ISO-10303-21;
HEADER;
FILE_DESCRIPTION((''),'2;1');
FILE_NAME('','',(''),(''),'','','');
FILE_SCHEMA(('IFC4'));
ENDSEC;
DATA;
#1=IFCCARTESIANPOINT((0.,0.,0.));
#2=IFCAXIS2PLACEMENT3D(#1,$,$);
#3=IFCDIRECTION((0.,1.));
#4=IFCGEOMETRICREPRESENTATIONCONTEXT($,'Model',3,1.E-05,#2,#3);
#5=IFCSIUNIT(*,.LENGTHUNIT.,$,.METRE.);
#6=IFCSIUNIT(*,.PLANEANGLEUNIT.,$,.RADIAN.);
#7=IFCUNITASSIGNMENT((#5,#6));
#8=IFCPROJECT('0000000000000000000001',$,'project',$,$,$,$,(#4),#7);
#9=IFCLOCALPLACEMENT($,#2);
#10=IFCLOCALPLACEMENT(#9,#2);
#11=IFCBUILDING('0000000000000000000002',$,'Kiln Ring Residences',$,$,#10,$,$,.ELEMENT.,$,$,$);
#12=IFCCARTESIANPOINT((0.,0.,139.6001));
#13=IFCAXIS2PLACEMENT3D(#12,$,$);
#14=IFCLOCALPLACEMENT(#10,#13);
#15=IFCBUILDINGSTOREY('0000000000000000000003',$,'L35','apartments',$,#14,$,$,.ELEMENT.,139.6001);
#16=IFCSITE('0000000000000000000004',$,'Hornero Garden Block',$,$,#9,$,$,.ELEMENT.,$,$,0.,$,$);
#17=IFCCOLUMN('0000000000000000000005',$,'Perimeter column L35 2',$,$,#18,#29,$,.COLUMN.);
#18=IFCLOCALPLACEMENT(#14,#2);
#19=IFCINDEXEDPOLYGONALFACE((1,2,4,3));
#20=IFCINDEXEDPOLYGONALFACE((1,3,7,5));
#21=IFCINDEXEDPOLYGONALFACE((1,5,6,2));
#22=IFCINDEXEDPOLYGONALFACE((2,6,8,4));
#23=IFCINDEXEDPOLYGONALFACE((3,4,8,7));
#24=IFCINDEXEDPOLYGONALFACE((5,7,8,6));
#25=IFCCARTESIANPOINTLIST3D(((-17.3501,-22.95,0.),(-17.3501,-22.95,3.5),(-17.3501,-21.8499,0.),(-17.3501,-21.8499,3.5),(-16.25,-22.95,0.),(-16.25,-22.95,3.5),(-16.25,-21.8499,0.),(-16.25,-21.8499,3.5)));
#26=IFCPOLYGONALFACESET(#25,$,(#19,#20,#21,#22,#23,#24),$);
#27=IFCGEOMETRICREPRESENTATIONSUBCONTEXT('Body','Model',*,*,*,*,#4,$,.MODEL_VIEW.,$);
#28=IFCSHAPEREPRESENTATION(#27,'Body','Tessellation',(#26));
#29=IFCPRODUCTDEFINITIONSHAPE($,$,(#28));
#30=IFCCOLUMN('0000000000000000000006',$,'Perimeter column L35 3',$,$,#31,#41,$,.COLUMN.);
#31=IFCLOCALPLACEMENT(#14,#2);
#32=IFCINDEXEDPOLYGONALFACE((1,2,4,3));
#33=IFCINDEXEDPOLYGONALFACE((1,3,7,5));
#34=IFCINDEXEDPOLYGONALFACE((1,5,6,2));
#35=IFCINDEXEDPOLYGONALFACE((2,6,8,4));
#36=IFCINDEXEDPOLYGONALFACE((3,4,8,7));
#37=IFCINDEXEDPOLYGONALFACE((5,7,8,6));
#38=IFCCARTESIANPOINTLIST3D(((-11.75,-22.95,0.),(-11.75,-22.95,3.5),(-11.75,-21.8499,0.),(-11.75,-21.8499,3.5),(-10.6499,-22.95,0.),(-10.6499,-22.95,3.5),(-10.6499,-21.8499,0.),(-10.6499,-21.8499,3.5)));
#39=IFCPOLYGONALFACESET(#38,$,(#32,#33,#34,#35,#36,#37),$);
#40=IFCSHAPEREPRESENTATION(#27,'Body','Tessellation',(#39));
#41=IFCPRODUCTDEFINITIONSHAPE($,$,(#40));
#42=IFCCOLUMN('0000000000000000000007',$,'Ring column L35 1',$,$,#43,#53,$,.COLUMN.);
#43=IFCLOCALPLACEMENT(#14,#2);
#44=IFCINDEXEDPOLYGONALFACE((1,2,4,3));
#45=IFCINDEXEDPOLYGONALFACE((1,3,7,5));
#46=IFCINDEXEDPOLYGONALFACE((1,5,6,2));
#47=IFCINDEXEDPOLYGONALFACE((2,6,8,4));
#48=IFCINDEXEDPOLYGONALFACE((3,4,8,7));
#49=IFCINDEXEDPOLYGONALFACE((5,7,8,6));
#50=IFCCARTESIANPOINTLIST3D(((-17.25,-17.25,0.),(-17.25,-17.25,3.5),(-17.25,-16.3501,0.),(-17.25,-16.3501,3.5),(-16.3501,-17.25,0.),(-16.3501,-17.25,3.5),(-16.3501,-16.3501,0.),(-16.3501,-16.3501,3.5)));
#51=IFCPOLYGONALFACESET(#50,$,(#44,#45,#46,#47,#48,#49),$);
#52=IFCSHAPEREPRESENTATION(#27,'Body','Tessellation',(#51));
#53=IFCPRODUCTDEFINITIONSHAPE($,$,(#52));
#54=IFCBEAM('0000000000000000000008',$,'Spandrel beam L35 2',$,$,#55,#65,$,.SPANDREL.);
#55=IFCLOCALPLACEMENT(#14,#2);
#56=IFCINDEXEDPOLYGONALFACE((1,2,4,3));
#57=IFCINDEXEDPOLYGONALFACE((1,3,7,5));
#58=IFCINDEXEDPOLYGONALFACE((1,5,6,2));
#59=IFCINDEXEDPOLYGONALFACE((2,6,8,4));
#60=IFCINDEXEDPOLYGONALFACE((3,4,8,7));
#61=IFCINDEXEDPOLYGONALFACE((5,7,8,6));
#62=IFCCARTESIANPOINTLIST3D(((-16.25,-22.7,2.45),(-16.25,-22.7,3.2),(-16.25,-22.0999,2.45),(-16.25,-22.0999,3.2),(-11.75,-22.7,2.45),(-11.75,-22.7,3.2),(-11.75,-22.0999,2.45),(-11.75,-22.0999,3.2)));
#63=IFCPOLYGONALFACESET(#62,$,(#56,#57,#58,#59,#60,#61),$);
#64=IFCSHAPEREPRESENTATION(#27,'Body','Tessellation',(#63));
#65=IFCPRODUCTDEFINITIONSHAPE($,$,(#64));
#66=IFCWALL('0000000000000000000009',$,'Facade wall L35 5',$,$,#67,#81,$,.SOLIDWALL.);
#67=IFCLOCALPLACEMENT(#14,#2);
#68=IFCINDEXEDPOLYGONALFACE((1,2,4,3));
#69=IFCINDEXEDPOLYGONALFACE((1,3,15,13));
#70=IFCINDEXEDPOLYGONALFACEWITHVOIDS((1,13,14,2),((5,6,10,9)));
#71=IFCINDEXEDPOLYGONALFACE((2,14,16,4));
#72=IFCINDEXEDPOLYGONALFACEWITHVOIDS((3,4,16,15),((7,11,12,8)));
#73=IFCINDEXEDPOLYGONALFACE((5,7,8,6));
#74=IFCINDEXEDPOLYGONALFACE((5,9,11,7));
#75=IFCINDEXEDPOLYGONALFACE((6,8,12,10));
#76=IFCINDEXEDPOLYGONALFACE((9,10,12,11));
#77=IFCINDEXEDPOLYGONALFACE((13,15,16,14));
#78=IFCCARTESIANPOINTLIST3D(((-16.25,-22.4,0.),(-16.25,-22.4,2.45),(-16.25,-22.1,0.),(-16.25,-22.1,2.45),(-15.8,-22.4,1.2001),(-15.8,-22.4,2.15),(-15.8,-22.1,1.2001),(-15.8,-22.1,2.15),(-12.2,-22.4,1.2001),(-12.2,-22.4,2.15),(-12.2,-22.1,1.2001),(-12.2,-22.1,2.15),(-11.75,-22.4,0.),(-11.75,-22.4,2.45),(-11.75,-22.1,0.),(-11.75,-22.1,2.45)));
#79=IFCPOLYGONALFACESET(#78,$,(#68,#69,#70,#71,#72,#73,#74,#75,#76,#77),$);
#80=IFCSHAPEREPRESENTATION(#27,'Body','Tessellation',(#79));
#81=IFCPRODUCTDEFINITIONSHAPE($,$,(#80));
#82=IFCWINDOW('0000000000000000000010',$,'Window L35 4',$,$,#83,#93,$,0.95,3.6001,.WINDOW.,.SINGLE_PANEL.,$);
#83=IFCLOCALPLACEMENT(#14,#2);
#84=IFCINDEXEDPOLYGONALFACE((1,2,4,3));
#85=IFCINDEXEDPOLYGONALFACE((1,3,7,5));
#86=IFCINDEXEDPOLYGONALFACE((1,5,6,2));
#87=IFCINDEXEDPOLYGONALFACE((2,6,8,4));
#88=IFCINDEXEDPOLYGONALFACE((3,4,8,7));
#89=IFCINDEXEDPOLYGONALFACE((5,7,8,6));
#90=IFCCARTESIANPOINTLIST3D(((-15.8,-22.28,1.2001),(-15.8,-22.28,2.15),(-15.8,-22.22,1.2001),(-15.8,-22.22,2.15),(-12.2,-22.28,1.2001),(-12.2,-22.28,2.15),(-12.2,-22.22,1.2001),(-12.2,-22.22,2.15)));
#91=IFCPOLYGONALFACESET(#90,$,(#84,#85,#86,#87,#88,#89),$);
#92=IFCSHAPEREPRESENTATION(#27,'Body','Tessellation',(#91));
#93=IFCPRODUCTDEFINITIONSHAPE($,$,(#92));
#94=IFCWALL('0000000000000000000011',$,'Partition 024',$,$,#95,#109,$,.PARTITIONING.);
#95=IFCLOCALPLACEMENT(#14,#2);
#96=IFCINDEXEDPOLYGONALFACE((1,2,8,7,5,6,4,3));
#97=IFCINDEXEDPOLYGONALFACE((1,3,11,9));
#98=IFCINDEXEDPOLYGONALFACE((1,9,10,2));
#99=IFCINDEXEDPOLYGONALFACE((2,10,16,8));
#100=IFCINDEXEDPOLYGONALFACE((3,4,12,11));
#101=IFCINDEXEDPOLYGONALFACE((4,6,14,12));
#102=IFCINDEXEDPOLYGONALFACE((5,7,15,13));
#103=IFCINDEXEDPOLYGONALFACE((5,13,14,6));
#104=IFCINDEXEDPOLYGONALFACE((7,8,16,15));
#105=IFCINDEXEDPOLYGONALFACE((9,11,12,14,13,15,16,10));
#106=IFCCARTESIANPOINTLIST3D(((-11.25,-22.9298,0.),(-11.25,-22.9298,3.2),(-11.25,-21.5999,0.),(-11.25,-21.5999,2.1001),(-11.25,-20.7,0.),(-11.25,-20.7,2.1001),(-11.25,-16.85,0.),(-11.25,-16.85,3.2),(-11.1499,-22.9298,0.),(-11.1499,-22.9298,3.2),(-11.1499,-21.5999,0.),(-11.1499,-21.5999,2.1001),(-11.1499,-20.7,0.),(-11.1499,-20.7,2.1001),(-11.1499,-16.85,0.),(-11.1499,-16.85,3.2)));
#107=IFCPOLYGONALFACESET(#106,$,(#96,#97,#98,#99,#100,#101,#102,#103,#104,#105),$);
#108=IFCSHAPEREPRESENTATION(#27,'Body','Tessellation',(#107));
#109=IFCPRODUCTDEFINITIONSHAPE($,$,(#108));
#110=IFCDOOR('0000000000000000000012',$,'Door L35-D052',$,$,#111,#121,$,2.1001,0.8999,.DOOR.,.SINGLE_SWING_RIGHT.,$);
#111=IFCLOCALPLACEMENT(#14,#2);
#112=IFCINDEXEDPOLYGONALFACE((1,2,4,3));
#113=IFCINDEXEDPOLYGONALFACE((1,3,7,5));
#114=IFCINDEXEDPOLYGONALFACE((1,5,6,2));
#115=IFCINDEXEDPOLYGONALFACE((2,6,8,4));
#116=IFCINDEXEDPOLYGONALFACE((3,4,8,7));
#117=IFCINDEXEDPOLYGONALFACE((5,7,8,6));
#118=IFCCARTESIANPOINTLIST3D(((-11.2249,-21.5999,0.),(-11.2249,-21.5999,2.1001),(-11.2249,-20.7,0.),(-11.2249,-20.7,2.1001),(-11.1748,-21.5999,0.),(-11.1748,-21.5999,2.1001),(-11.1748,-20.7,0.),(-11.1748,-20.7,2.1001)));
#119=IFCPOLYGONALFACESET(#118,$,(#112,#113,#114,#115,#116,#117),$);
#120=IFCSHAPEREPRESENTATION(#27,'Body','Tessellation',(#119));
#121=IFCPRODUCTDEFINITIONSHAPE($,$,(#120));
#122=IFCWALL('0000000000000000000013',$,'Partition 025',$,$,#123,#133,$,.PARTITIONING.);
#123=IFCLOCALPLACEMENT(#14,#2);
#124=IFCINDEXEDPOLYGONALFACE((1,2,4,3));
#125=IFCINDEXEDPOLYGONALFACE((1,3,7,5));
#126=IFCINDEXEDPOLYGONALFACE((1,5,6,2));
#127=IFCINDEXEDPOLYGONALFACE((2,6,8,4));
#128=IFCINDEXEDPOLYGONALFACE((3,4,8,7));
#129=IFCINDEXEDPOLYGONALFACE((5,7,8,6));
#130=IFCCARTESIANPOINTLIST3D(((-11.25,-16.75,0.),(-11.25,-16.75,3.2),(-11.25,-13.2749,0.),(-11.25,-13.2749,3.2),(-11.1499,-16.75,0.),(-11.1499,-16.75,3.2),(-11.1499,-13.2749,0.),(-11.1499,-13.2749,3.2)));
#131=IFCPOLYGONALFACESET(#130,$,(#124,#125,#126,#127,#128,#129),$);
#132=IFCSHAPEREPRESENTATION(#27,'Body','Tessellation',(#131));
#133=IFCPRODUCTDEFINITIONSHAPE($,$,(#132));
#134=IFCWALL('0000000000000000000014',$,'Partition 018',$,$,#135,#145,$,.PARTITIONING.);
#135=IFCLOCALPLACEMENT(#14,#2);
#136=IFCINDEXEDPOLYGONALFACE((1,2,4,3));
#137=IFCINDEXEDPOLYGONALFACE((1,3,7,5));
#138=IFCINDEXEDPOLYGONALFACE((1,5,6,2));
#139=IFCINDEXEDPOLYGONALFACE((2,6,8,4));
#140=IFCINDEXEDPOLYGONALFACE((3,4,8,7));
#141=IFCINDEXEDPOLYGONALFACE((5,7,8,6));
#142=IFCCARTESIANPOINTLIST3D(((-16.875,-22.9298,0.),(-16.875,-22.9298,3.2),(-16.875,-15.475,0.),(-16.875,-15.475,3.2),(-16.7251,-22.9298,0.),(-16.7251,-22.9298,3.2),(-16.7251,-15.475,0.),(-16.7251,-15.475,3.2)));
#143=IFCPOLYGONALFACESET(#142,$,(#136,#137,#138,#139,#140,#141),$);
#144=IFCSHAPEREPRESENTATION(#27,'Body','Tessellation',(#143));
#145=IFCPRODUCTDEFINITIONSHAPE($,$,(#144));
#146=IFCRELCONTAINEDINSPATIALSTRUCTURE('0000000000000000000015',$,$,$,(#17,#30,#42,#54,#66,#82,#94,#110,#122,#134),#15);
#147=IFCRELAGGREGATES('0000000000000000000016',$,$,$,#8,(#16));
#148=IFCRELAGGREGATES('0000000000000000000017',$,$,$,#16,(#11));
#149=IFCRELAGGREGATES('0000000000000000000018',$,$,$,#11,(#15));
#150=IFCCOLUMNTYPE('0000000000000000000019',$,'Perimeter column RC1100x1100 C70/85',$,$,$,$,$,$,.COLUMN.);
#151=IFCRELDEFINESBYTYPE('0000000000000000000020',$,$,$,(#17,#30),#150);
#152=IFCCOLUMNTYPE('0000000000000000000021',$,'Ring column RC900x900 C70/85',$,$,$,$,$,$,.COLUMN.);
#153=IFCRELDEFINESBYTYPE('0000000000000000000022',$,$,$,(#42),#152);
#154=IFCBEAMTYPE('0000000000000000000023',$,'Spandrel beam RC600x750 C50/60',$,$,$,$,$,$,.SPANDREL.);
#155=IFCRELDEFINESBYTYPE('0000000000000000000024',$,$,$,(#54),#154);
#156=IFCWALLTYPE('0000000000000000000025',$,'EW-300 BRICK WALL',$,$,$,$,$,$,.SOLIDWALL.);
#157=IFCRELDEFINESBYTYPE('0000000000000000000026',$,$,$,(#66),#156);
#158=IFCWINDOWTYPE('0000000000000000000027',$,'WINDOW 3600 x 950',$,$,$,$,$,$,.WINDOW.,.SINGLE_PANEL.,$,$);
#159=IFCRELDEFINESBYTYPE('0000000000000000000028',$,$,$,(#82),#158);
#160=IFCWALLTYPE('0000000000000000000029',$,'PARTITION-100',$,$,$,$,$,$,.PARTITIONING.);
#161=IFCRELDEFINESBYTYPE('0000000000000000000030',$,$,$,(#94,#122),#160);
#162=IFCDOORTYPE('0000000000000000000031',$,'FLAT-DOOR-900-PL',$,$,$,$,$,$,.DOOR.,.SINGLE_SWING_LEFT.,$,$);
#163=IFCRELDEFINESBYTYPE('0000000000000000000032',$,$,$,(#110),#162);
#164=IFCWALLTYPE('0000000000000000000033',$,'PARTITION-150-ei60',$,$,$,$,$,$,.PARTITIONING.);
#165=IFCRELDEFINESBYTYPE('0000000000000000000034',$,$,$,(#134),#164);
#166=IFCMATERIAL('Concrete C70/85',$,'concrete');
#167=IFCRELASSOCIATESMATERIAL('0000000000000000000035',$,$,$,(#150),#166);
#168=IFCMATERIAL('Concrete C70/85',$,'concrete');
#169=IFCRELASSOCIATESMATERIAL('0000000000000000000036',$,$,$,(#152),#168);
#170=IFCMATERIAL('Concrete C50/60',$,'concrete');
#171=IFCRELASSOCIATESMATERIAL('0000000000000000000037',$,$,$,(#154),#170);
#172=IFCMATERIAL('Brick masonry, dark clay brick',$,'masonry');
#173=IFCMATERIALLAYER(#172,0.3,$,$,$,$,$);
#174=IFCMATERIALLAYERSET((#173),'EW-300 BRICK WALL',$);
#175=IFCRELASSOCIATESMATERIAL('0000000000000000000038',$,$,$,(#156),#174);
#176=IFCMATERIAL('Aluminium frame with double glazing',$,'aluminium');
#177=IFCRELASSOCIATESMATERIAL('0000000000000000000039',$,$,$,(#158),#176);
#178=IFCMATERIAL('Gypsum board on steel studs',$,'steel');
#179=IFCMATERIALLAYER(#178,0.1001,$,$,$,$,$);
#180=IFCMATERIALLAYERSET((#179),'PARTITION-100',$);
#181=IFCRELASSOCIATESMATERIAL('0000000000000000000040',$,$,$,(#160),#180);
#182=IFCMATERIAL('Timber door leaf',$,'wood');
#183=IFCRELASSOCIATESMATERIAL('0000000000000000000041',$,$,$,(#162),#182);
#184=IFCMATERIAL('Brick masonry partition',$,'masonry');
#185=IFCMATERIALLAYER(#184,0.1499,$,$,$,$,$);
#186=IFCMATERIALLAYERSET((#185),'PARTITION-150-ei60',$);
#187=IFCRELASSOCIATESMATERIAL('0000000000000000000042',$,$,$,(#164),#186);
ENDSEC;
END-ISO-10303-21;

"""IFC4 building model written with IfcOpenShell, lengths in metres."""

from ifc_helpers import new_model, si_unit, direction, frame, frame_2d, origin, origin_2d, place, context, subcontext, project, spatial, rectangle, extrude, material, layer, layer_set, material_profile, profile_set, type_object, element, fill, save


model = new_model("IFC4")

# Units and contexts
model_context = context("Model", 3, precision=1e-05, world=origin(), true_north=direction((0.0, 1.0)))
body_context = subcontext(model_context, "Body", "Model", "MODEL_VIEW")
ifc_project = project(units=[si_unit("LENGTHUNIT", "METRE"), si_unit("PLANEANGLEUNIT", "RADIAN")], contexts=[model_context])

# Site, building, storey
site_placement = place(None, origin())
site = spatial("IfcSite", under=ifc_project, at=site_placement, Name="Hornero Garden Block", CompositionType="ELEMENT", RefElevation=0.0)
building_placement = place(site_placement, origin())
building = spatial("IfcBuilding", under=site, at=building_placement, Name="Kiln Ring Residences", CompositionType="ELEMENT")
storey_placement = place(building_placement, frame((0.0, 0.0, 139.6001)))
storey = spatial("IfcBuildingStorey", under=building, at=storey_placement, Name="L35", Description="apartments", CompositionType="ELEMENT", Elevation=139.6001)

# Columns
ifc_material_1 = material(Name="Concrete C70/85", Category="concrete")
ifc_material_profile_1 = material_profile(ifc_material_1, rectangle(XDim=1.1001, YDim=1.1001, at=origin_2d()), Name="RC1100x1100")
ifc_profile_set_1 = profile_set([ifc_material_profile_1], Name="Concrete C70/85")
column_type_1 = type_object("IfcColumnType", Name="Perimeter column RC1100x1100 C70/85", PredefinedType="COLUMN", material=ifc_profile_set_1)
for number, where, z_axis, x_axis, name in (
    (1, (-16.8, -22.3999, 0.0), (0.0, 0.0, 1.0), (1.0, 0.0, 0.0), "Perimeter column L35 2"),
    (2, (-11.2, -22.3999, 0.0), (0.0, 0.0, 1.0), (1.0, 0.0, 0.0), "Perimeter column L35 3"),
):
    element("IfcColumn", number, at=place(storey_placement, frame(where, z_axis=z_axis, x_axis=x_axis)), inside=storey, type_object=column_type_1, Name=name, PredefinedType="COLUMN", context=body_context, shape_type="SweptSolid", body=[
        extrude(rectangle(XDim=1.1001, YDim=1.1001, at=origin_2d()), origin(), (0.0, 0.0, 1.0), 3.5),
    ])
ifc_material_2 = material(Name="Concrete C70/85", Category="concrete")
ifc_material_profile_2 = material_profile(ifc_material_2, rectangle(XDim=0.8999, YDim=0.8999, at=origin_2d()), Name="RC900x900")
ifc_profile_set_2 = profile_set([ifc_material_profile_2], Name="Concrete C70/85")
column_type_2 = type_object("IfcColumnType", Name="Ring column RC900x900 C70/85", PredefinedType="COLUMN", material=ifc_profile_set_2)
column_placement = place(storey_placement, frame((-16.8, -16.8, 0.0), z_axis=(0.0, 0.0, 1.0), x_axis=(1.0, 0.0, 0.0)))
element("IfcColumn", 3, at=column_placement, inside=storey, type_object=column_type_2, Name="Ring column L35 1", PredefinedType="COLUMN", context=body_context, shape_type="SweptSolid", body=[
    extrude(rectangle(XDim=0.8999, YDim=0.8999, at=origin_2d()), origin(), (0.0, 0.0, 1.0), 3.5),
])

# Beam
ifc_material_3 = material(Name="Concrete C50/60", Category="concrete")
ifc_material_profile_3 = material_profile(ifc_material_3, rectangle(XDim=0.6001, YDim=0.75, at=origin_2d()), Name="RC600x750")
ifc_profile_set_3 = profile_set([ifc_material_profile_3], Name="Concrete C50/60")
beam_type = type_object("IfcBeamType", Name="Spandrel beam RC600x750 C50/60", PredefinedType="SPANDREL", material=ifc_profile_set_3)
beam_placement = place(storey_placement, frame((-16.25, -22.3999, 2.825), z_axis=(1.0, 0.0, 0.0), x_axis=(0.0, 1.0, 0.0)))
element("IfcBeam", 4, at=beam_placement, inside=storey, type_object=beam_type, Name="Spandrel beam L35 2", PredefinedType="SPANDREL", context=body_context, shape_type="SweptSolid", body=[
    extrude(rectangle(XDim=0.6001, YDim=0.75, at=origin_2d()), origin(), (0.0, 0.0, 1.0), 4.5),
])

# Wall, opening, window
ifc_material_4 = material(Name="Brick masonry, dark clay brick", Category="masonry")
ifc_layer_1 = layer(ifc_material_4, 0.3)
ifc_layer_set_1 = layer_set([ifc_layer_1], Name="EW-300 BRICK WALL")
wall_type_1 = type_object("IfcWallType", Name="EW-300 BRICK WALL", PredefinedType="SOLIDWALL", material=ifc_layer_set_1)
wall_1_placement = place(storey_placement, frame((-16.25, -22.25, 0.0), z_axis=(0.0, 0.0, 1.0), x_axis=(1.0, 0.0, 0.0)))
wall_1 = element("IfcWall", 5, at=wall_1_placement, inside=storey, type_object=wall_type_1, Name="Facade wall L35 5", PredefinedType="SOLIDWALL", context=body_context, shape_type="SweptSolid", body=[
    extrude(rectangle(XDim=4.5, YDim=0.3, at=frame_2d((2.25, 0.0))), origin(), (0.0, 0.0, 1.0), 2.45),
])
opening_1_placement = place(wall_1_placement, frame((0.45, 0.0, 1.2)))
opening_1 = element("IfcOpeningElement", 6, at=opening_1_placement, cuts=wall_1, PredefinedType="OPENING", context=body_context, shape_type="SweptSolid", body=[
    extrude(rectangle(XDim=3.6001, YDim=0.95, at=frame_2d((1.8, 0.4751))), frame((0.0, 0.1599, 0.0), z_axis=(0.0, -1.0, 0.0), x_axis=(1.0, 0.0, 0.0)), (0.0, 0.0, 1.0), 0.3201),
])
ifc_material_5 = material(Name="Aluminium frame with double glazing", Category="aluminium")
window_type = type_object("IfcWindowType", Name="WINDOW 3600 x 950", PartitioningType="SINGLE_PANEL", PredefinedType="WINDOW", material=ifc_material_5)
window_placement = place(opening_1_placement, origin())
window = element("IfcWindow", 7, at=window_placement, inside=storey, type_object=window_type, Name="Window L35 4", OverallHeight=0.95, OverallWidth=3.6001, PartitioningType="SINGLE_PANEL", PredefinedType="WINDOW", context=body_context, shape_type="SweptSolid", body=[
    extrude(rectangle(XDim=3.6001, YDim=0.95, at=frame_2d((1.8, 0.4751))), frame((0.0, 0.03, 0.0), z_axis=(0.0, -1.0, 0.0), x_axis=(1.0, 0.0, 0.0)), (0.0, 0.0, 1.0), 0.0601),
])
fill(opening_1, window)

# Shared definitions
ifc_material_6 = material(Name="Gypsum board on steel studs", Category="steel")
ifc_layer_2 = layer(ifc_material_6, 0.1001)
ifc_layer_set_2 = layer_set([ifc_layer_2], Name="PARTITION-100")
wall_type_2 = type_object("IfcWallType", Name="PARTITION-100", PredefinedType="PARTITIONING", material=ifc_layer_set_2)
ifc_material_7 = material(Name="Timber door leaf", Category="wood")
door_type_1 = type_object("IfcDoorType", Name="FLAT-DOOR-900-PL", OperationType="SINGLE_SWING_LEFT", PredefinedType="DOOR", material=ifc_material_7)

# Wall, opening, door
wall_2_placement = place(storey_placement, frame((-11.2, -22.9299, 0.0), z_axis=(0.0, 0.0, 1.0), x_axis=(0.0, 1.0, 0.0)))
wall_2 = element("IfcWall", 8, at=wall_2_placement, inside=storey, type_object=wall_type_2, Name="Partition 024", PredefinedType="PARTITIONING", context=body_context, shape_type="SweptSolid", body=[
    extrude(rectangle(XDim=6.0798, YDim=0.1001, at=frame_2d((3.04, 0.0))), origin(), (0.0, 0.0, 1.0), 3.2),
])
opening_2_placement = place(wall_2_placement, frame((1.3301, 0.0, 0.0)))
opening_2 = element("IfcOpeningElement", 9, at=opening_2_placement, cuts=wall_2, PredefinedType="OPENING", context=body_context, shape_type="SweptSolid", body=[
    extrude(rectangle(XDim=0.8999, YDim=2.1001, at=frame_2d((0.45, 1.05))), frame((0.0, 0.0601, 0.0), z_axis=(0.0, -1.0, 0.0), x_axis=(1.0, 0.0, 0.0)), (0.0, 0.0, 1.0), 0.1201),
])
door_1_placement = place(opening_2_placement, origin())
door_1 = element("IfcDoor", 10, at=door_1_placement, inside=storey, type_object=door_type_1, Name="Door L35-D052", OperationType="SINGLE_SWING_RIGHT", OverallHeight=2.1001, OverallWidth=0.8999, PredefinedType="DOOR", context=body_context, shape_type="SweptSolid", body=[
    extrude(rectangle(XDim=0.8999, YDim=2.1001, at=frame_2d((0.45, 1.05))), frame((0.0, 0.0249, 0.0), z_axis=(0.0, -1.0, 0.0), x_axis=(1.0, 0.0, 0.0)), (0.0, 0.0, 1.0), 0.05),
])
fill(opening_2, door_1)

# Walls
wall_3_placement = place(storey_placement, frame((-11.2, -16.75, 0.0), z_axis=(0.0, 0.0, 1.0), x_axis=(0.0, 1.0, 0.0)))
element("IfcWall", 11, at=wall_3_placement, inside=storey, type_object=wall_type_2, Name="Partition 025", PredefinedType="PARTITIONING", context=body_context, shape_type="SweptSolid", body=[
    extrude(rectangle(XDim=3.4751, YDim=0.1001, at=frame_2d((1.7375, 0.0))), origin(), (0.0, 0.0, 1.0), 3.2),
])
ifc_material_8 = material(Name="Brick masonry partition", Category="masonry")
ifc_layer_3 = layer(ifc_material_8, 0.1499)
ifc_layer_set_3 = layer_set([ifc_layer_3], Name="PARTITION-150-ei60")
wall_type_3 = type_object("IfcWallType", Name="PARTITION-150-ei60", PredefinedType="PARTITIONING", material=ifc_layer_set_3)
wall_4_placement = place(storey_placement, frame((-16.8, -22.9299, 0.0), z_axis=(0.0, 0.0, 1.0), x_axis=(0.0, 1.0, 0.0)))
element("IfcWall", 12, at=wall_4_placement, inside=storey, type_object=wall_type_3, Name="Partition 018", PredefinedType="PARTITIONING", context=body_context, shape_type="SweptSolid", body=[
    extrude(rectangle(XDim=7.4548, YDim=0.1499, at=frame_2d((3.7275, 0.0))), origin(), (0.0, 0.0, 1.0), 3.2),
])

save(model, "model.ifc")
